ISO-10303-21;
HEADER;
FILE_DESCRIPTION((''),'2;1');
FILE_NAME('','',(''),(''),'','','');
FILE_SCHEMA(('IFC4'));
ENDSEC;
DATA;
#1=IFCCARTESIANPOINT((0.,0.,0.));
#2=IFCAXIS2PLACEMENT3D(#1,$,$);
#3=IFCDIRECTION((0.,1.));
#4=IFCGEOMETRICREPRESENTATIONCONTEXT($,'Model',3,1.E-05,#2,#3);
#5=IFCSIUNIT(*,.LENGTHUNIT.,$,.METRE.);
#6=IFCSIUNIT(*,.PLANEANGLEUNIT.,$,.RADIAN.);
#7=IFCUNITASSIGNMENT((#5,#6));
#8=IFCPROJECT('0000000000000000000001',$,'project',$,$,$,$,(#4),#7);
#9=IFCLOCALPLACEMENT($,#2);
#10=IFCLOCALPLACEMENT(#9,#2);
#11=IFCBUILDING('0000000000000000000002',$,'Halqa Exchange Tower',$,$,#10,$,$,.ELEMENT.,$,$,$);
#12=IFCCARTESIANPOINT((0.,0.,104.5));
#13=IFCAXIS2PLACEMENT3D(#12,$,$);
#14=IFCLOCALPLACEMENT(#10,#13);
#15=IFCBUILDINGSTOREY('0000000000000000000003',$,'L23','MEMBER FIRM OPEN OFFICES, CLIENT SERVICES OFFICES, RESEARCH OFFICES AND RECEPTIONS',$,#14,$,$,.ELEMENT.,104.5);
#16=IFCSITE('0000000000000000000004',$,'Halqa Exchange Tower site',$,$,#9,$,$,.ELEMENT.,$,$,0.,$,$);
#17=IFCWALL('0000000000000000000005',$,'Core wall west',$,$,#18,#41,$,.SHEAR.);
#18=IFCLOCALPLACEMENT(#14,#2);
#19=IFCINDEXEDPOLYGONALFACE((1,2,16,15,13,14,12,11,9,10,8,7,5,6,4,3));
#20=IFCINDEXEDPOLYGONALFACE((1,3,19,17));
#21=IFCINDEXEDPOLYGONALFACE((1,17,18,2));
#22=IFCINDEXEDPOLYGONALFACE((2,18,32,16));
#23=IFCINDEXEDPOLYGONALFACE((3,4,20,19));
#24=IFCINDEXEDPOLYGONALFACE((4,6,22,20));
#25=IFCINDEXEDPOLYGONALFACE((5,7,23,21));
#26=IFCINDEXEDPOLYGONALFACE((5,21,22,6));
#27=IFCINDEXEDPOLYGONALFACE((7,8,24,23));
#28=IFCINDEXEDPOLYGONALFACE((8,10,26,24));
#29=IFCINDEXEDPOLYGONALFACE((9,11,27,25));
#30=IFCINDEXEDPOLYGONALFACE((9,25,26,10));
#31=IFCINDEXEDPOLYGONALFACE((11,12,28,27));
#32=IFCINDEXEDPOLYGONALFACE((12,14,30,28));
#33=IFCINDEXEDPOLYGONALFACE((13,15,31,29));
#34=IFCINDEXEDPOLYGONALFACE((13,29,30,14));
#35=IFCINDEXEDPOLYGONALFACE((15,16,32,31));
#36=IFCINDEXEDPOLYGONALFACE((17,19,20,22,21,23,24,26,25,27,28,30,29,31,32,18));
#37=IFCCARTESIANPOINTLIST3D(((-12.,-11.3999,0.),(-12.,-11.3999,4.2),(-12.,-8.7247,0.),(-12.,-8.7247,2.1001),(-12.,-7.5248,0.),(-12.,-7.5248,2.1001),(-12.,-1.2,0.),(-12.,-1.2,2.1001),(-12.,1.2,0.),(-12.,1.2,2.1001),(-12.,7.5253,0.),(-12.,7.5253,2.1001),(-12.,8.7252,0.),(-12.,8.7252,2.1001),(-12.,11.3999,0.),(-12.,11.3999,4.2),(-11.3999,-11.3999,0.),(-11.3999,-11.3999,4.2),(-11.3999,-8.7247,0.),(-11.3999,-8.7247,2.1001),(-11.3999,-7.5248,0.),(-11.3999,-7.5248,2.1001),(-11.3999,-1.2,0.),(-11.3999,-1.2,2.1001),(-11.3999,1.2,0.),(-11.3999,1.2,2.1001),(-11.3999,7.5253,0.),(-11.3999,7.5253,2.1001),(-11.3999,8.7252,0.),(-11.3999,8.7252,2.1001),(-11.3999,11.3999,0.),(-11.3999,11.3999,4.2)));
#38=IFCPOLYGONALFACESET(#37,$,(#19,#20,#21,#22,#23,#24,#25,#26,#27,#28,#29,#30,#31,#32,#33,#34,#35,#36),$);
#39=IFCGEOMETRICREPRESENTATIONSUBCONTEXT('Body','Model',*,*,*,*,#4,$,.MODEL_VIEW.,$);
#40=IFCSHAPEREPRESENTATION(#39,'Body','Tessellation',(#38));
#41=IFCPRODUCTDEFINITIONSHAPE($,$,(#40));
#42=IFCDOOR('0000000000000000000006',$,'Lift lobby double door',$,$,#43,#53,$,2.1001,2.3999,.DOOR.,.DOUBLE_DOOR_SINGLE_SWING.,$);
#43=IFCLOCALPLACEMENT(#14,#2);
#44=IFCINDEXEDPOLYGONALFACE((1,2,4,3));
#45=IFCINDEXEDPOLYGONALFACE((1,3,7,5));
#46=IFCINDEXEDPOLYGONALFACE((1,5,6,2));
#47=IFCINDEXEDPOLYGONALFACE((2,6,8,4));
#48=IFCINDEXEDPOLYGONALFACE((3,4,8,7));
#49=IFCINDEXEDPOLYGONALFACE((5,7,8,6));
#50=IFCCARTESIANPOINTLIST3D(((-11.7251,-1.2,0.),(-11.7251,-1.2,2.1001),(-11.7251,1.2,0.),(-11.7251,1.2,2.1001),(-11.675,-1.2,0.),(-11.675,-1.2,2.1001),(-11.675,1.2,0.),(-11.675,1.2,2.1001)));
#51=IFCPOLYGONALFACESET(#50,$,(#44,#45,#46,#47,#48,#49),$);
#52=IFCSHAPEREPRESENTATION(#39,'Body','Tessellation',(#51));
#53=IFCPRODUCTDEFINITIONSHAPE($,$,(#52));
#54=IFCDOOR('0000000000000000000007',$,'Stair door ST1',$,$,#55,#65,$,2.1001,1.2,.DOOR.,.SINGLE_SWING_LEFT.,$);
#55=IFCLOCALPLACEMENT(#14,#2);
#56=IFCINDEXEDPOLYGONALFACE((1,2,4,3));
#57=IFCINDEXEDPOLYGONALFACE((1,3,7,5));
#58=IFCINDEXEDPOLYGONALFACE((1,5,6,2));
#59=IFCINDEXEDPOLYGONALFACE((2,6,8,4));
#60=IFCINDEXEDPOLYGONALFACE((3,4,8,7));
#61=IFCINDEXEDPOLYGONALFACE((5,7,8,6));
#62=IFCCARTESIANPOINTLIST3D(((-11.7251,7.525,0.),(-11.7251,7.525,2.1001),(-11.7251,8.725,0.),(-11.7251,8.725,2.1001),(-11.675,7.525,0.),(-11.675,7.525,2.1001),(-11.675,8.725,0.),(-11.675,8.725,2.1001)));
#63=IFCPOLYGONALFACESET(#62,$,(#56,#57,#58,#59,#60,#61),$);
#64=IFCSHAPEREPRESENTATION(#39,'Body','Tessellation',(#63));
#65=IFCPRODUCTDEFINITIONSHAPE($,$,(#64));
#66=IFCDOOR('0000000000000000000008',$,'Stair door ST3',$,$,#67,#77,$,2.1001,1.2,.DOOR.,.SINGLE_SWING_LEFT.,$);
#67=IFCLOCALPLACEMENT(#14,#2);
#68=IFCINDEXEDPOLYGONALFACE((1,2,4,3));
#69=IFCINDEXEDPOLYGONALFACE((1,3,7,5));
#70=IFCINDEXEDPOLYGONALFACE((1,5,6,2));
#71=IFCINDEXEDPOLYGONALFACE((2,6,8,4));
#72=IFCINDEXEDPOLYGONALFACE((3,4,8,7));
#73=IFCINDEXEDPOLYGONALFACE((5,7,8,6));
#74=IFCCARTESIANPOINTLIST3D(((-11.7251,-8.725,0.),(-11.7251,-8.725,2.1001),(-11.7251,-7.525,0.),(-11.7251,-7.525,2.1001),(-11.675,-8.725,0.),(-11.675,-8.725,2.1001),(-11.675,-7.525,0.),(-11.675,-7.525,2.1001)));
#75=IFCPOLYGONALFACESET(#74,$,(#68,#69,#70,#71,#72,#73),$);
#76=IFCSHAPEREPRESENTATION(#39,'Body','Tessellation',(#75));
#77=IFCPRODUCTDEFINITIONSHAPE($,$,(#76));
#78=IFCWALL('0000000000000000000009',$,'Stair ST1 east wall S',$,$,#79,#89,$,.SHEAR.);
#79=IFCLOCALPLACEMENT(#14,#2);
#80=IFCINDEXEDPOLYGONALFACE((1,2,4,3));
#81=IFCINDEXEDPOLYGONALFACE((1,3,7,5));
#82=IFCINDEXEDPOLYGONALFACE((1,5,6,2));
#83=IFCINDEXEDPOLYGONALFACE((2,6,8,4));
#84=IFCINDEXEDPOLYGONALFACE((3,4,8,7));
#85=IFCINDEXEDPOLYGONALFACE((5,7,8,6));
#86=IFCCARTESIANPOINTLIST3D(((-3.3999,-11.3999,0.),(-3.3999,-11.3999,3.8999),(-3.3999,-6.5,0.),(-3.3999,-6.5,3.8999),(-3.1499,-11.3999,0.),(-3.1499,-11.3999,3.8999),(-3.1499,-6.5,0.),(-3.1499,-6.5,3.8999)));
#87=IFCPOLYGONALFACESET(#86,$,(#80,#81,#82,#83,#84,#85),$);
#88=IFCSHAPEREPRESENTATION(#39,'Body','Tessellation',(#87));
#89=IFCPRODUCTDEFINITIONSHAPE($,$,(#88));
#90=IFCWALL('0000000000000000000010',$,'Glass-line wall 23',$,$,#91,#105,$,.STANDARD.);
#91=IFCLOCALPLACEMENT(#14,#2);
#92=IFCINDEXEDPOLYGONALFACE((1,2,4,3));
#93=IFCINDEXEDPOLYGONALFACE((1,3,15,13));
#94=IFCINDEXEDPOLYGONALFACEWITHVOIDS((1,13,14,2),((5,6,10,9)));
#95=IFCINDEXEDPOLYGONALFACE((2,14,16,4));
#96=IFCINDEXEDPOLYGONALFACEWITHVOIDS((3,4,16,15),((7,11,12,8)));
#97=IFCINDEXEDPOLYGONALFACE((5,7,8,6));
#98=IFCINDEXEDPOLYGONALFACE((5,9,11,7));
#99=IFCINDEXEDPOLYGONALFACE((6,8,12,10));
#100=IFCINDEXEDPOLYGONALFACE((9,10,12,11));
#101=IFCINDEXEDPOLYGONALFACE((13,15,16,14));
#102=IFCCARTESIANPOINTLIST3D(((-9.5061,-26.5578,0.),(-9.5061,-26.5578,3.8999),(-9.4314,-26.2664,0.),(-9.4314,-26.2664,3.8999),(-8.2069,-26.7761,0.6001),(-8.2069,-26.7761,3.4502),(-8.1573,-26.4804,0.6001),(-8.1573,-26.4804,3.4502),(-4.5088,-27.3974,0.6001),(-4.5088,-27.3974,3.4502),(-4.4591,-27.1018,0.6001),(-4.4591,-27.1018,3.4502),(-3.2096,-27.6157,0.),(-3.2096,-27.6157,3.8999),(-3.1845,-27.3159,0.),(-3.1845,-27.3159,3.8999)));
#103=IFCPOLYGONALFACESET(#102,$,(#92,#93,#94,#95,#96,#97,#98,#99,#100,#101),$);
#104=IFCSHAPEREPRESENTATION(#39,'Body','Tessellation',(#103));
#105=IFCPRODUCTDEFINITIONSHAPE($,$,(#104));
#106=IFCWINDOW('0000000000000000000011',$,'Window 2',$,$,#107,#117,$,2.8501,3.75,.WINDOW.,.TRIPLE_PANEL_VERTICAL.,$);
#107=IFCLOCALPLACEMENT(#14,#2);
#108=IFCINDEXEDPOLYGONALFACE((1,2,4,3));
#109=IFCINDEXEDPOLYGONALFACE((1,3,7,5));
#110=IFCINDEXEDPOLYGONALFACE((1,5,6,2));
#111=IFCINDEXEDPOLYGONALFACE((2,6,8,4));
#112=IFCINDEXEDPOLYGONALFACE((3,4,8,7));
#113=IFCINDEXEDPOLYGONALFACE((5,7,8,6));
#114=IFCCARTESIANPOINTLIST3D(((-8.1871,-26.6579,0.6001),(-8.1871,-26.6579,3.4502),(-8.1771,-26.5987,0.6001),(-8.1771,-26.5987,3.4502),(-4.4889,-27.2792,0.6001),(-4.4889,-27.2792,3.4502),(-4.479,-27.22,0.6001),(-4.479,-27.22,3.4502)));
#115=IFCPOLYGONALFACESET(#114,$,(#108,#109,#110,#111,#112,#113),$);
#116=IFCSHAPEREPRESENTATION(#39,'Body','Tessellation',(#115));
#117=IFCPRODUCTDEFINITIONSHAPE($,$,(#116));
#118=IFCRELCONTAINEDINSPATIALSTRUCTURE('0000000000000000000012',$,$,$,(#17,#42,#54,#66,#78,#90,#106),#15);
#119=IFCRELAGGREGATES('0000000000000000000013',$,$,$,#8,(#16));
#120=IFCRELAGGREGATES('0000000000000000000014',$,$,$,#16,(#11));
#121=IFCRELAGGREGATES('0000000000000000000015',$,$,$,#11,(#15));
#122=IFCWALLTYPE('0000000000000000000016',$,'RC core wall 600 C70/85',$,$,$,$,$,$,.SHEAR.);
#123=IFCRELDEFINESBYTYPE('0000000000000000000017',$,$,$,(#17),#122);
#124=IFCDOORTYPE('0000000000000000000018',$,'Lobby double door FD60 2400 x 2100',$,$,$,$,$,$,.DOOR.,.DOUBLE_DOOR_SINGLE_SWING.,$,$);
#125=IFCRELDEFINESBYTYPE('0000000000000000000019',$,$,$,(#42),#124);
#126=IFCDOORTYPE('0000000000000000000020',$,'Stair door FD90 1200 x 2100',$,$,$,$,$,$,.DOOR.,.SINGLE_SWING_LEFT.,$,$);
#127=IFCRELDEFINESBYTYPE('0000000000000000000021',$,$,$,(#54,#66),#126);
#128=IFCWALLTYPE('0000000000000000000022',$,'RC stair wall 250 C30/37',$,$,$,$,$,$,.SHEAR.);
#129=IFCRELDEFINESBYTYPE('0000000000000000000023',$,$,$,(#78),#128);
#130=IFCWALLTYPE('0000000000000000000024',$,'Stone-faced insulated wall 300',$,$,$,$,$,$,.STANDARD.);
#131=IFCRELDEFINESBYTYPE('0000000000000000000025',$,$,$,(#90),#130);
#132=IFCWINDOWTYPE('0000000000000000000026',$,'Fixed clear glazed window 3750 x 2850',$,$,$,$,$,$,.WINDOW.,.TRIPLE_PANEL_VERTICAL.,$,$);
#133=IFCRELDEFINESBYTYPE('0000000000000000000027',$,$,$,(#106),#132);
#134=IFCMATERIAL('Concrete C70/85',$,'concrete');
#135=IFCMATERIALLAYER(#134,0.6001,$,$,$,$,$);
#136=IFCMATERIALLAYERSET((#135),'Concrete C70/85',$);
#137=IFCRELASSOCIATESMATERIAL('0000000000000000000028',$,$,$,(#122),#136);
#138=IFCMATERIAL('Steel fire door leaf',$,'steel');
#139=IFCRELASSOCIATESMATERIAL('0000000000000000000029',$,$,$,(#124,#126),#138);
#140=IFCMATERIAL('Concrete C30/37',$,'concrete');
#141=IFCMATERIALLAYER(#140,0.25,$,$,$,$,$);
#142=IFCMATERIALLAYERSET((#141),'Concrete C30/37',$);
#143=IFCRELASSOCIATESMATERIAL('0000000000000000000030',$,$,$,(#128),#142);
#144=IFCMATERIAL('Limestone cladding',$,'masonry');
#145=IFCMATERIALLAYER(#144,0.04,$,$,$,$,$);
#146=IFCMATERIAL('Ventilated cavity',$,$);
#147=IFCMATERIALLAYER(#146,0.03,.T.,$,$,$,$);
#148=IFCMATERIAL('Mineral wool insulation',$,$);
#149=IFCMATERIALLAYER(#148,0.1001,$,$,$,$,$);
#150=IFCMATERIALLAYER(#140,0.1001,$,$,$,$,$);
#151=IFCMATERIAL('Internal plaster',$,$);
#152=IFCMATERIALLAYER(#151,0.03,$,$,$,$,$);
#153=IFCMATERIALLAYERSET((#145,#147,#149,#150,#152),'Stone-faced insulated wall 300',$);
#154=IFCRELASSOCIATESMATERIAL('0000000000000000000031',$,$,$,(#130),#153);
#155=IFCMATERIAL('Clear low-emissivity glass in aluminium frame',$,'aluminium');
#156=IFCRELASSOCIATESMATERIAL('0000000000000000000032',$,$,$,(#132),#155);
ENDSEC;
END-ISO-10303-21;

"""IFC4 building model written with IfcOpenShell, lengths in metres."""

from ifc_helpers import new_model, si_unit, direction, frame, frame_2d, origin, place, context, subcontext, project, spatial, polyline, rectangle, outline, extrude, material, layer, layer_set, type_object, element, fill, save


model = new_model("IFC4")

# Units and contexts
model_context = context("Model", 3, precision=1e-05, world=origin(), true_north=direction((0.0, 1.0)))
body_context = subcontext(model_context, "Body", "Model", "MODEL_VIEW")
ifc_project = project(units=[si_unit("LENGTHUNIT", "METRE"), si_unit("PLANEANGLEUNIT", "RADIAN")], contexts=[model_context])

# Site, building, storey
site_placement = place(None, origin())
site = spatial("IfcSite", under=ifc_project, at=site_placement, Name="Halqa Exchange Tower site", CompositionType="ELEMENT", RefElevation=0.0)
building_placement = place(site_placement, origin())
building = spatial("IfcBuilding", under=site, at=building_placement, Name="Halqa Exchange Tower", CompositionType="ELEMENT")
storey_placement = place(building_placement, frame((0.0, 0.0, 104.5)))
storey = spatial("IfcBuildingStorey", under=building, at=storey_placement, Name="L23", Description="MEMBER FIRM OPEN OFFICES, CLIENT SERVICES OFFICES, RESEARCH OFFICES AND RECEPTIONS", CompositionType="ELEMENT", Elevation=104.5)

# Shared definitions
ifc_material_1 = material(Name="Concrete C70/85", Category="concrete")

# Wall, openings, doors
ifc_layer_1 = layer(ifc_material_1, 0.6001)
ifc_layer_set_1 = layer_set([ifc_layer_1], Name="Concrete C70/85")
wall_type_1 = type_object("IfcWallType", Name="RC core wall 600 C70/85", PredefinedType="SHEAR", material=ifc_layer_set_1)
wall_1_placement = place(storey_placement, frame((-11.7, -11.3999, 0.0), z_axis=(0.0, 0.0, 1.0), x_axis=(0.0, 1.0, 0.0)))
wall_1 = element("IfcWall", 1, at=wall_1_placement, inside=storey, type_object=wall_type_1, Name="Core wall west", PredefinedType="SHEAR", context=body_context, shape_type="SweptSolid", body=[
    extrude(rectangle(XDim=22.7998, YDim=0.6001, at=frame_2d((11.3999, 0.0))), origin(), (0.0, 0.0, 1.0), 4.2),
])
opening_1_placement = place(wall_1_placement, frame((10.2, 0.0, 0.0)))
opening_1 = element("IfcOpeningElement", 2, at=opening_1_placement, cuts=wall_1, PredefinedType="OPENING", context=body_context, shape_type="SweptSolid", body=[
    extrude(rectangle(XDim=2.3999, YDim=2.1001, at=frame_2d((1.2, 1.05))), frame((0.0, 0.312, 0.0), z_axis=(0.0, -1.0, 0.0), x_axis=(1.0, 0.0, 0.0)), (0.0, 0.0, 1.0), 0.624),
])
opening_2_placement = place(wall_1_placement, frame((18.925, 0.0, 0.0)))
opening_2 = element("IfcOpeningElement", 3, at=opening_2_placement, cuts=wall_1, PredefinedType="OPENING", context=body_context, shape_type="SweptSolid", body=[
    extrude(rectangle(XDim=1.2, YDim=2.1001, at=frame_2d((0.6001, 1.05))), frame((0.0, 0.312, 0.0), z_axis=(0.0, -1.0, 0.0), x_axis=(1.0, 0.0, 0.0)), (0.0, 0.0, 1.0), 0.624),
])
opening_3_placement = place(wall_1_placement, frame((2.675, 0.0, 0.0)))
opening_3 = element("IfcOpeningElement", 4, at=opening_3_placement, cuts=wall_1, PredefinedType="OPENING", context=body_context, shape_type="SweptSolid", body=[
    extrude(rectangle(XDim=1.2, YDim=2.1001, at=frame_2d((0.6001, 1.05))), frame((0.0, 0.312, 0.0), z_axis=(0.0, -1.0, 0.0), x_axis=(1.0, 0.0, 0.0)), (0.0, 0.0, 1.0), 0.624),
])
ifc_material_2 = material(Name="Steel fire door leaf", Category="steel")
door_type_1 = type_object("IfcDoorType", Name="Lobby double door FD60 2400 x 2100", OperationType="DOUBLE_DOOR_SINGLE_SWING", PredefinedType="DOOR", material=ifc_material_2)
door_1_placement = place(opening_1_placement, frame((2.3999, 0.0, 0.0), z_axis=(0.0, 0.0, 1.0), x_axis=(-1.0, 0.0, 0.0)))
door_1 = element("IfcDoor", 5, at=door_1_placement, inside=storey, type_object=door_type_1, Name="Lift lobby double door", OperationType="DOUBLE_DOOR_SINGLE_SWING", OverallHeight=2.1001, OverallWidth=2.3999, PredefinedType="DOOR", context=body_context, shape_type="SweptSolid", body=[
    extrude(rectangle(XDim=2.3999, YDim=2.1001, at=frame_2d((1.2, 1.05))), frame((0.0, 0.0249, 0.0), z_axis=(0.0, -1.0, 0.0), x_axis=(1.0, 0.0, 0.0)), (0.0, 0.0, 1.0), 0.05),
])
fill(opening_1, door_1)
door_type_2 = type_object("IfcDoorType", Name="Stair door FD90 1200 x 2100", OperationType="SINGLE_SWING_LEFT", PredefinedType="DOOR", material=ifc_material_2)
door_2_placement = place(opening_2_placement, frame((1.2, 0.0, 0.0), z_axis=(0.0, 0.0, 1.0), x_axis=(-1.0, 0.0, 0.0)))
door_2 = element("IfcDoor", 6, at=door_2_placement, inside=storey, type_object=door_type_2, Name="Stair door ST1", OperationType="SINGLE_SWING_LEFT", OverallHeight=2.1001, OverallWidth=1.2, PredefinedType="DOOR", context=body_context, shape_type="SweptSolid", body=[
    extrude(rectangle(XDim=1.2, YDim=2.1001, at=frame_2d((0.6001, 1.05))), frame((0.0, 0.0249, 0.0), z_axis=(0.0, -1.0, 0.0), x_axis=(1.0, 0.0, 0.0)), (0.0, 0.0, 1.0), 0.05),
])
fill(opening_2, door_2)
door_3_placement = place(opening_3_placement, frame((1.2, 0.0, 0.0), z_axis=(0.0, 0.0, 1.0), x_axis=(-1.0, 0.0, 0.0)))
door_3 = element("IfcDoor", 7, at=door_3_placement, inside=storey, type_object=door_type_2, Name="Stair door ST3", OperationType="SINGLE_SWING_LEFT", OverallHeight=2.1001, OverallWidth=1.2, PredefinedType="DOOR", context=body_context, shape_type="SweptSolid", body=[
    extrude(rectangle(XDim=1.2, YDim=2.1001, at=frame_2d((0.6001, 1.05))), frame((0.0, 0.0249, 0.0), z_axis=(0.0, -1.0, 0.0), x_axis=(1.0, 0.0, 0.0)), (0.0, 0.0, 1.0), 0.05),
])
fill(opening_3, door_3)

# Wall
ifc_material_3 = material(Name="Concrete C30/37", Category="concrete")
ifc_layer_2 = layer(ifc_material_3, 0.25)
ifc_layer_set_2 = layer_set([ifc_layer_2], Name="Concrete C30/37")
wall_type_2 = type_object("IfcWallType", Name="RC stair wall 250 C30/37", PredefinedType="SHEAR", material=ifc_layer_set_2)
wall_2_placement = place(storey_placement, frame((-3.2749, -11.3999, 0.0), z_axis=(0.0, 0.0, 1.0), x_axis=(0.0, 1.0, 0.0)))
element("IfcWall", 8, at=wall_2_placement, inside=storey, type_object=wall_type_2, Name="Stair ST1 east wall S", PredefinedType="SHEAR", context=body_context, shape_type="SweptSolid", body=[
    extrude(rectangle(XDim=4.8999, YDim=0.25, at=frame_2d((2.45, 0.0))), origin(), (0.0, 0.0, 1.0), 3.8999),
])

# Wall, opening, window
ifc_material_4 = material(Name="Limestone cladding", Category="masonry")
ifc_layer_3 = layer(ifc_material_4, 0.04)
ifc_material_5 = material(Name="Ventilated cavity")
ifc_layer_4 = layer(ifc_material_5, 0.03, ventilated=True)
ifc_material_6 = material(Name="Mineral wool insulation")
ifc_layer_5 = layer(ifc_material_6, 0.1001)
ifc_layer_6 = layer(ifc_material_3, 0.1001)
ifc_material_7 = material(Name="Internal plaster")
ifc_layer_7 = layer(ifc_material_7, 0.03)
ifc_layer_set_3 = layer_set([ifc_layer_3, ifc_layer_4, ifc_layer_5, ifc_layer_6, ifc_layer_7], Name="Stone-faced insulated wall 300")
wall_type_3 = type_object("IfcWallType", Name="Stone-faced insulated wall 300", PredefinedType="STANDARD", material=ifc_layer_set_3)
wall_3_placement = place(storey_placement, frame((-9.4688, -26.4121, 0.0), z_axis=(0.0, 0.0, 1.0), x_axis=(0.986178, -0.165687, 0.0)))
wall_3 = element("IfcWall", 9, at=wall_3_placement, inside=storey, type_object=wall_type_3, Name="Glass-line wall 23", PredefinedType="STANDARD", context=body_context, shape_type="SweptSolid", body=[
    extrude(outline(polyline([(-0.0127, -0.1499), (6.3721, -0.1499), (6.3472, 0.1499), (0.0127, 0.1499), (-0.0127, -0.1499)])), origin(), (0.0, 0.0, 1.0), 3.8999),
])
opening_4_placement = place(wall_3_placement, frame((1.3047, 0.0, 0.6001)))
opening_4 = element("IfcOpeningElement", 10, at=opening_4_placement, cuts=wall_3, PredefinedType="OPENING", context=body_context, shape_type="SweptSolid", body=[
    extrude(rectangle(XDim=3.75, YDim=2.8501, at=frame_2d((1.875, 1.425))), frame((0.0, 0.1621, 0.0), z_axis=(0.0, -1.0, 0.0), x_axis=(1.0, 0.0, 0.0)), (0.0, 0.0, 1.0), 0.324),
])
ifc_material_8 = material(Name="Clear low-emissivity glass in aluminium frame", Category="aluminium")
window_type = type_object("IfcWindowType", Name="Fixed clear glazed window 3750 x 2850", PartitioningType="TRIPLE_PANEL_VERTICAL", PredefinedType="WINDOW", material=ifc_material_8)
window_placement = place(opening_4_placement, origin())
window = element("IfcWindow", 11, at=window_placement, inside=storey, type_object=window_type, Name="Window 2", OverallHeight=2.8501, OverallWidth=3.75, PartitioningType="TRIPLE_PANEL_VERTICAL", PredefinedType="WINDOW", context=body_context, shape_type="SweptSolid", body=[
    extrude(rectangle(XDim=3.75, YDim=2.8501, at=frame_2d((1.875, 1.425))), frame((0.0, 0.03, 0.0), z_axis=(0.0, -1.0, 0.0), x_axis=(1.0, 0.0, 0.0)), (0.0, 0.0, 1.0), 0.0601),
])
fill(opening_4, window)

save(model, "model.ifc")
